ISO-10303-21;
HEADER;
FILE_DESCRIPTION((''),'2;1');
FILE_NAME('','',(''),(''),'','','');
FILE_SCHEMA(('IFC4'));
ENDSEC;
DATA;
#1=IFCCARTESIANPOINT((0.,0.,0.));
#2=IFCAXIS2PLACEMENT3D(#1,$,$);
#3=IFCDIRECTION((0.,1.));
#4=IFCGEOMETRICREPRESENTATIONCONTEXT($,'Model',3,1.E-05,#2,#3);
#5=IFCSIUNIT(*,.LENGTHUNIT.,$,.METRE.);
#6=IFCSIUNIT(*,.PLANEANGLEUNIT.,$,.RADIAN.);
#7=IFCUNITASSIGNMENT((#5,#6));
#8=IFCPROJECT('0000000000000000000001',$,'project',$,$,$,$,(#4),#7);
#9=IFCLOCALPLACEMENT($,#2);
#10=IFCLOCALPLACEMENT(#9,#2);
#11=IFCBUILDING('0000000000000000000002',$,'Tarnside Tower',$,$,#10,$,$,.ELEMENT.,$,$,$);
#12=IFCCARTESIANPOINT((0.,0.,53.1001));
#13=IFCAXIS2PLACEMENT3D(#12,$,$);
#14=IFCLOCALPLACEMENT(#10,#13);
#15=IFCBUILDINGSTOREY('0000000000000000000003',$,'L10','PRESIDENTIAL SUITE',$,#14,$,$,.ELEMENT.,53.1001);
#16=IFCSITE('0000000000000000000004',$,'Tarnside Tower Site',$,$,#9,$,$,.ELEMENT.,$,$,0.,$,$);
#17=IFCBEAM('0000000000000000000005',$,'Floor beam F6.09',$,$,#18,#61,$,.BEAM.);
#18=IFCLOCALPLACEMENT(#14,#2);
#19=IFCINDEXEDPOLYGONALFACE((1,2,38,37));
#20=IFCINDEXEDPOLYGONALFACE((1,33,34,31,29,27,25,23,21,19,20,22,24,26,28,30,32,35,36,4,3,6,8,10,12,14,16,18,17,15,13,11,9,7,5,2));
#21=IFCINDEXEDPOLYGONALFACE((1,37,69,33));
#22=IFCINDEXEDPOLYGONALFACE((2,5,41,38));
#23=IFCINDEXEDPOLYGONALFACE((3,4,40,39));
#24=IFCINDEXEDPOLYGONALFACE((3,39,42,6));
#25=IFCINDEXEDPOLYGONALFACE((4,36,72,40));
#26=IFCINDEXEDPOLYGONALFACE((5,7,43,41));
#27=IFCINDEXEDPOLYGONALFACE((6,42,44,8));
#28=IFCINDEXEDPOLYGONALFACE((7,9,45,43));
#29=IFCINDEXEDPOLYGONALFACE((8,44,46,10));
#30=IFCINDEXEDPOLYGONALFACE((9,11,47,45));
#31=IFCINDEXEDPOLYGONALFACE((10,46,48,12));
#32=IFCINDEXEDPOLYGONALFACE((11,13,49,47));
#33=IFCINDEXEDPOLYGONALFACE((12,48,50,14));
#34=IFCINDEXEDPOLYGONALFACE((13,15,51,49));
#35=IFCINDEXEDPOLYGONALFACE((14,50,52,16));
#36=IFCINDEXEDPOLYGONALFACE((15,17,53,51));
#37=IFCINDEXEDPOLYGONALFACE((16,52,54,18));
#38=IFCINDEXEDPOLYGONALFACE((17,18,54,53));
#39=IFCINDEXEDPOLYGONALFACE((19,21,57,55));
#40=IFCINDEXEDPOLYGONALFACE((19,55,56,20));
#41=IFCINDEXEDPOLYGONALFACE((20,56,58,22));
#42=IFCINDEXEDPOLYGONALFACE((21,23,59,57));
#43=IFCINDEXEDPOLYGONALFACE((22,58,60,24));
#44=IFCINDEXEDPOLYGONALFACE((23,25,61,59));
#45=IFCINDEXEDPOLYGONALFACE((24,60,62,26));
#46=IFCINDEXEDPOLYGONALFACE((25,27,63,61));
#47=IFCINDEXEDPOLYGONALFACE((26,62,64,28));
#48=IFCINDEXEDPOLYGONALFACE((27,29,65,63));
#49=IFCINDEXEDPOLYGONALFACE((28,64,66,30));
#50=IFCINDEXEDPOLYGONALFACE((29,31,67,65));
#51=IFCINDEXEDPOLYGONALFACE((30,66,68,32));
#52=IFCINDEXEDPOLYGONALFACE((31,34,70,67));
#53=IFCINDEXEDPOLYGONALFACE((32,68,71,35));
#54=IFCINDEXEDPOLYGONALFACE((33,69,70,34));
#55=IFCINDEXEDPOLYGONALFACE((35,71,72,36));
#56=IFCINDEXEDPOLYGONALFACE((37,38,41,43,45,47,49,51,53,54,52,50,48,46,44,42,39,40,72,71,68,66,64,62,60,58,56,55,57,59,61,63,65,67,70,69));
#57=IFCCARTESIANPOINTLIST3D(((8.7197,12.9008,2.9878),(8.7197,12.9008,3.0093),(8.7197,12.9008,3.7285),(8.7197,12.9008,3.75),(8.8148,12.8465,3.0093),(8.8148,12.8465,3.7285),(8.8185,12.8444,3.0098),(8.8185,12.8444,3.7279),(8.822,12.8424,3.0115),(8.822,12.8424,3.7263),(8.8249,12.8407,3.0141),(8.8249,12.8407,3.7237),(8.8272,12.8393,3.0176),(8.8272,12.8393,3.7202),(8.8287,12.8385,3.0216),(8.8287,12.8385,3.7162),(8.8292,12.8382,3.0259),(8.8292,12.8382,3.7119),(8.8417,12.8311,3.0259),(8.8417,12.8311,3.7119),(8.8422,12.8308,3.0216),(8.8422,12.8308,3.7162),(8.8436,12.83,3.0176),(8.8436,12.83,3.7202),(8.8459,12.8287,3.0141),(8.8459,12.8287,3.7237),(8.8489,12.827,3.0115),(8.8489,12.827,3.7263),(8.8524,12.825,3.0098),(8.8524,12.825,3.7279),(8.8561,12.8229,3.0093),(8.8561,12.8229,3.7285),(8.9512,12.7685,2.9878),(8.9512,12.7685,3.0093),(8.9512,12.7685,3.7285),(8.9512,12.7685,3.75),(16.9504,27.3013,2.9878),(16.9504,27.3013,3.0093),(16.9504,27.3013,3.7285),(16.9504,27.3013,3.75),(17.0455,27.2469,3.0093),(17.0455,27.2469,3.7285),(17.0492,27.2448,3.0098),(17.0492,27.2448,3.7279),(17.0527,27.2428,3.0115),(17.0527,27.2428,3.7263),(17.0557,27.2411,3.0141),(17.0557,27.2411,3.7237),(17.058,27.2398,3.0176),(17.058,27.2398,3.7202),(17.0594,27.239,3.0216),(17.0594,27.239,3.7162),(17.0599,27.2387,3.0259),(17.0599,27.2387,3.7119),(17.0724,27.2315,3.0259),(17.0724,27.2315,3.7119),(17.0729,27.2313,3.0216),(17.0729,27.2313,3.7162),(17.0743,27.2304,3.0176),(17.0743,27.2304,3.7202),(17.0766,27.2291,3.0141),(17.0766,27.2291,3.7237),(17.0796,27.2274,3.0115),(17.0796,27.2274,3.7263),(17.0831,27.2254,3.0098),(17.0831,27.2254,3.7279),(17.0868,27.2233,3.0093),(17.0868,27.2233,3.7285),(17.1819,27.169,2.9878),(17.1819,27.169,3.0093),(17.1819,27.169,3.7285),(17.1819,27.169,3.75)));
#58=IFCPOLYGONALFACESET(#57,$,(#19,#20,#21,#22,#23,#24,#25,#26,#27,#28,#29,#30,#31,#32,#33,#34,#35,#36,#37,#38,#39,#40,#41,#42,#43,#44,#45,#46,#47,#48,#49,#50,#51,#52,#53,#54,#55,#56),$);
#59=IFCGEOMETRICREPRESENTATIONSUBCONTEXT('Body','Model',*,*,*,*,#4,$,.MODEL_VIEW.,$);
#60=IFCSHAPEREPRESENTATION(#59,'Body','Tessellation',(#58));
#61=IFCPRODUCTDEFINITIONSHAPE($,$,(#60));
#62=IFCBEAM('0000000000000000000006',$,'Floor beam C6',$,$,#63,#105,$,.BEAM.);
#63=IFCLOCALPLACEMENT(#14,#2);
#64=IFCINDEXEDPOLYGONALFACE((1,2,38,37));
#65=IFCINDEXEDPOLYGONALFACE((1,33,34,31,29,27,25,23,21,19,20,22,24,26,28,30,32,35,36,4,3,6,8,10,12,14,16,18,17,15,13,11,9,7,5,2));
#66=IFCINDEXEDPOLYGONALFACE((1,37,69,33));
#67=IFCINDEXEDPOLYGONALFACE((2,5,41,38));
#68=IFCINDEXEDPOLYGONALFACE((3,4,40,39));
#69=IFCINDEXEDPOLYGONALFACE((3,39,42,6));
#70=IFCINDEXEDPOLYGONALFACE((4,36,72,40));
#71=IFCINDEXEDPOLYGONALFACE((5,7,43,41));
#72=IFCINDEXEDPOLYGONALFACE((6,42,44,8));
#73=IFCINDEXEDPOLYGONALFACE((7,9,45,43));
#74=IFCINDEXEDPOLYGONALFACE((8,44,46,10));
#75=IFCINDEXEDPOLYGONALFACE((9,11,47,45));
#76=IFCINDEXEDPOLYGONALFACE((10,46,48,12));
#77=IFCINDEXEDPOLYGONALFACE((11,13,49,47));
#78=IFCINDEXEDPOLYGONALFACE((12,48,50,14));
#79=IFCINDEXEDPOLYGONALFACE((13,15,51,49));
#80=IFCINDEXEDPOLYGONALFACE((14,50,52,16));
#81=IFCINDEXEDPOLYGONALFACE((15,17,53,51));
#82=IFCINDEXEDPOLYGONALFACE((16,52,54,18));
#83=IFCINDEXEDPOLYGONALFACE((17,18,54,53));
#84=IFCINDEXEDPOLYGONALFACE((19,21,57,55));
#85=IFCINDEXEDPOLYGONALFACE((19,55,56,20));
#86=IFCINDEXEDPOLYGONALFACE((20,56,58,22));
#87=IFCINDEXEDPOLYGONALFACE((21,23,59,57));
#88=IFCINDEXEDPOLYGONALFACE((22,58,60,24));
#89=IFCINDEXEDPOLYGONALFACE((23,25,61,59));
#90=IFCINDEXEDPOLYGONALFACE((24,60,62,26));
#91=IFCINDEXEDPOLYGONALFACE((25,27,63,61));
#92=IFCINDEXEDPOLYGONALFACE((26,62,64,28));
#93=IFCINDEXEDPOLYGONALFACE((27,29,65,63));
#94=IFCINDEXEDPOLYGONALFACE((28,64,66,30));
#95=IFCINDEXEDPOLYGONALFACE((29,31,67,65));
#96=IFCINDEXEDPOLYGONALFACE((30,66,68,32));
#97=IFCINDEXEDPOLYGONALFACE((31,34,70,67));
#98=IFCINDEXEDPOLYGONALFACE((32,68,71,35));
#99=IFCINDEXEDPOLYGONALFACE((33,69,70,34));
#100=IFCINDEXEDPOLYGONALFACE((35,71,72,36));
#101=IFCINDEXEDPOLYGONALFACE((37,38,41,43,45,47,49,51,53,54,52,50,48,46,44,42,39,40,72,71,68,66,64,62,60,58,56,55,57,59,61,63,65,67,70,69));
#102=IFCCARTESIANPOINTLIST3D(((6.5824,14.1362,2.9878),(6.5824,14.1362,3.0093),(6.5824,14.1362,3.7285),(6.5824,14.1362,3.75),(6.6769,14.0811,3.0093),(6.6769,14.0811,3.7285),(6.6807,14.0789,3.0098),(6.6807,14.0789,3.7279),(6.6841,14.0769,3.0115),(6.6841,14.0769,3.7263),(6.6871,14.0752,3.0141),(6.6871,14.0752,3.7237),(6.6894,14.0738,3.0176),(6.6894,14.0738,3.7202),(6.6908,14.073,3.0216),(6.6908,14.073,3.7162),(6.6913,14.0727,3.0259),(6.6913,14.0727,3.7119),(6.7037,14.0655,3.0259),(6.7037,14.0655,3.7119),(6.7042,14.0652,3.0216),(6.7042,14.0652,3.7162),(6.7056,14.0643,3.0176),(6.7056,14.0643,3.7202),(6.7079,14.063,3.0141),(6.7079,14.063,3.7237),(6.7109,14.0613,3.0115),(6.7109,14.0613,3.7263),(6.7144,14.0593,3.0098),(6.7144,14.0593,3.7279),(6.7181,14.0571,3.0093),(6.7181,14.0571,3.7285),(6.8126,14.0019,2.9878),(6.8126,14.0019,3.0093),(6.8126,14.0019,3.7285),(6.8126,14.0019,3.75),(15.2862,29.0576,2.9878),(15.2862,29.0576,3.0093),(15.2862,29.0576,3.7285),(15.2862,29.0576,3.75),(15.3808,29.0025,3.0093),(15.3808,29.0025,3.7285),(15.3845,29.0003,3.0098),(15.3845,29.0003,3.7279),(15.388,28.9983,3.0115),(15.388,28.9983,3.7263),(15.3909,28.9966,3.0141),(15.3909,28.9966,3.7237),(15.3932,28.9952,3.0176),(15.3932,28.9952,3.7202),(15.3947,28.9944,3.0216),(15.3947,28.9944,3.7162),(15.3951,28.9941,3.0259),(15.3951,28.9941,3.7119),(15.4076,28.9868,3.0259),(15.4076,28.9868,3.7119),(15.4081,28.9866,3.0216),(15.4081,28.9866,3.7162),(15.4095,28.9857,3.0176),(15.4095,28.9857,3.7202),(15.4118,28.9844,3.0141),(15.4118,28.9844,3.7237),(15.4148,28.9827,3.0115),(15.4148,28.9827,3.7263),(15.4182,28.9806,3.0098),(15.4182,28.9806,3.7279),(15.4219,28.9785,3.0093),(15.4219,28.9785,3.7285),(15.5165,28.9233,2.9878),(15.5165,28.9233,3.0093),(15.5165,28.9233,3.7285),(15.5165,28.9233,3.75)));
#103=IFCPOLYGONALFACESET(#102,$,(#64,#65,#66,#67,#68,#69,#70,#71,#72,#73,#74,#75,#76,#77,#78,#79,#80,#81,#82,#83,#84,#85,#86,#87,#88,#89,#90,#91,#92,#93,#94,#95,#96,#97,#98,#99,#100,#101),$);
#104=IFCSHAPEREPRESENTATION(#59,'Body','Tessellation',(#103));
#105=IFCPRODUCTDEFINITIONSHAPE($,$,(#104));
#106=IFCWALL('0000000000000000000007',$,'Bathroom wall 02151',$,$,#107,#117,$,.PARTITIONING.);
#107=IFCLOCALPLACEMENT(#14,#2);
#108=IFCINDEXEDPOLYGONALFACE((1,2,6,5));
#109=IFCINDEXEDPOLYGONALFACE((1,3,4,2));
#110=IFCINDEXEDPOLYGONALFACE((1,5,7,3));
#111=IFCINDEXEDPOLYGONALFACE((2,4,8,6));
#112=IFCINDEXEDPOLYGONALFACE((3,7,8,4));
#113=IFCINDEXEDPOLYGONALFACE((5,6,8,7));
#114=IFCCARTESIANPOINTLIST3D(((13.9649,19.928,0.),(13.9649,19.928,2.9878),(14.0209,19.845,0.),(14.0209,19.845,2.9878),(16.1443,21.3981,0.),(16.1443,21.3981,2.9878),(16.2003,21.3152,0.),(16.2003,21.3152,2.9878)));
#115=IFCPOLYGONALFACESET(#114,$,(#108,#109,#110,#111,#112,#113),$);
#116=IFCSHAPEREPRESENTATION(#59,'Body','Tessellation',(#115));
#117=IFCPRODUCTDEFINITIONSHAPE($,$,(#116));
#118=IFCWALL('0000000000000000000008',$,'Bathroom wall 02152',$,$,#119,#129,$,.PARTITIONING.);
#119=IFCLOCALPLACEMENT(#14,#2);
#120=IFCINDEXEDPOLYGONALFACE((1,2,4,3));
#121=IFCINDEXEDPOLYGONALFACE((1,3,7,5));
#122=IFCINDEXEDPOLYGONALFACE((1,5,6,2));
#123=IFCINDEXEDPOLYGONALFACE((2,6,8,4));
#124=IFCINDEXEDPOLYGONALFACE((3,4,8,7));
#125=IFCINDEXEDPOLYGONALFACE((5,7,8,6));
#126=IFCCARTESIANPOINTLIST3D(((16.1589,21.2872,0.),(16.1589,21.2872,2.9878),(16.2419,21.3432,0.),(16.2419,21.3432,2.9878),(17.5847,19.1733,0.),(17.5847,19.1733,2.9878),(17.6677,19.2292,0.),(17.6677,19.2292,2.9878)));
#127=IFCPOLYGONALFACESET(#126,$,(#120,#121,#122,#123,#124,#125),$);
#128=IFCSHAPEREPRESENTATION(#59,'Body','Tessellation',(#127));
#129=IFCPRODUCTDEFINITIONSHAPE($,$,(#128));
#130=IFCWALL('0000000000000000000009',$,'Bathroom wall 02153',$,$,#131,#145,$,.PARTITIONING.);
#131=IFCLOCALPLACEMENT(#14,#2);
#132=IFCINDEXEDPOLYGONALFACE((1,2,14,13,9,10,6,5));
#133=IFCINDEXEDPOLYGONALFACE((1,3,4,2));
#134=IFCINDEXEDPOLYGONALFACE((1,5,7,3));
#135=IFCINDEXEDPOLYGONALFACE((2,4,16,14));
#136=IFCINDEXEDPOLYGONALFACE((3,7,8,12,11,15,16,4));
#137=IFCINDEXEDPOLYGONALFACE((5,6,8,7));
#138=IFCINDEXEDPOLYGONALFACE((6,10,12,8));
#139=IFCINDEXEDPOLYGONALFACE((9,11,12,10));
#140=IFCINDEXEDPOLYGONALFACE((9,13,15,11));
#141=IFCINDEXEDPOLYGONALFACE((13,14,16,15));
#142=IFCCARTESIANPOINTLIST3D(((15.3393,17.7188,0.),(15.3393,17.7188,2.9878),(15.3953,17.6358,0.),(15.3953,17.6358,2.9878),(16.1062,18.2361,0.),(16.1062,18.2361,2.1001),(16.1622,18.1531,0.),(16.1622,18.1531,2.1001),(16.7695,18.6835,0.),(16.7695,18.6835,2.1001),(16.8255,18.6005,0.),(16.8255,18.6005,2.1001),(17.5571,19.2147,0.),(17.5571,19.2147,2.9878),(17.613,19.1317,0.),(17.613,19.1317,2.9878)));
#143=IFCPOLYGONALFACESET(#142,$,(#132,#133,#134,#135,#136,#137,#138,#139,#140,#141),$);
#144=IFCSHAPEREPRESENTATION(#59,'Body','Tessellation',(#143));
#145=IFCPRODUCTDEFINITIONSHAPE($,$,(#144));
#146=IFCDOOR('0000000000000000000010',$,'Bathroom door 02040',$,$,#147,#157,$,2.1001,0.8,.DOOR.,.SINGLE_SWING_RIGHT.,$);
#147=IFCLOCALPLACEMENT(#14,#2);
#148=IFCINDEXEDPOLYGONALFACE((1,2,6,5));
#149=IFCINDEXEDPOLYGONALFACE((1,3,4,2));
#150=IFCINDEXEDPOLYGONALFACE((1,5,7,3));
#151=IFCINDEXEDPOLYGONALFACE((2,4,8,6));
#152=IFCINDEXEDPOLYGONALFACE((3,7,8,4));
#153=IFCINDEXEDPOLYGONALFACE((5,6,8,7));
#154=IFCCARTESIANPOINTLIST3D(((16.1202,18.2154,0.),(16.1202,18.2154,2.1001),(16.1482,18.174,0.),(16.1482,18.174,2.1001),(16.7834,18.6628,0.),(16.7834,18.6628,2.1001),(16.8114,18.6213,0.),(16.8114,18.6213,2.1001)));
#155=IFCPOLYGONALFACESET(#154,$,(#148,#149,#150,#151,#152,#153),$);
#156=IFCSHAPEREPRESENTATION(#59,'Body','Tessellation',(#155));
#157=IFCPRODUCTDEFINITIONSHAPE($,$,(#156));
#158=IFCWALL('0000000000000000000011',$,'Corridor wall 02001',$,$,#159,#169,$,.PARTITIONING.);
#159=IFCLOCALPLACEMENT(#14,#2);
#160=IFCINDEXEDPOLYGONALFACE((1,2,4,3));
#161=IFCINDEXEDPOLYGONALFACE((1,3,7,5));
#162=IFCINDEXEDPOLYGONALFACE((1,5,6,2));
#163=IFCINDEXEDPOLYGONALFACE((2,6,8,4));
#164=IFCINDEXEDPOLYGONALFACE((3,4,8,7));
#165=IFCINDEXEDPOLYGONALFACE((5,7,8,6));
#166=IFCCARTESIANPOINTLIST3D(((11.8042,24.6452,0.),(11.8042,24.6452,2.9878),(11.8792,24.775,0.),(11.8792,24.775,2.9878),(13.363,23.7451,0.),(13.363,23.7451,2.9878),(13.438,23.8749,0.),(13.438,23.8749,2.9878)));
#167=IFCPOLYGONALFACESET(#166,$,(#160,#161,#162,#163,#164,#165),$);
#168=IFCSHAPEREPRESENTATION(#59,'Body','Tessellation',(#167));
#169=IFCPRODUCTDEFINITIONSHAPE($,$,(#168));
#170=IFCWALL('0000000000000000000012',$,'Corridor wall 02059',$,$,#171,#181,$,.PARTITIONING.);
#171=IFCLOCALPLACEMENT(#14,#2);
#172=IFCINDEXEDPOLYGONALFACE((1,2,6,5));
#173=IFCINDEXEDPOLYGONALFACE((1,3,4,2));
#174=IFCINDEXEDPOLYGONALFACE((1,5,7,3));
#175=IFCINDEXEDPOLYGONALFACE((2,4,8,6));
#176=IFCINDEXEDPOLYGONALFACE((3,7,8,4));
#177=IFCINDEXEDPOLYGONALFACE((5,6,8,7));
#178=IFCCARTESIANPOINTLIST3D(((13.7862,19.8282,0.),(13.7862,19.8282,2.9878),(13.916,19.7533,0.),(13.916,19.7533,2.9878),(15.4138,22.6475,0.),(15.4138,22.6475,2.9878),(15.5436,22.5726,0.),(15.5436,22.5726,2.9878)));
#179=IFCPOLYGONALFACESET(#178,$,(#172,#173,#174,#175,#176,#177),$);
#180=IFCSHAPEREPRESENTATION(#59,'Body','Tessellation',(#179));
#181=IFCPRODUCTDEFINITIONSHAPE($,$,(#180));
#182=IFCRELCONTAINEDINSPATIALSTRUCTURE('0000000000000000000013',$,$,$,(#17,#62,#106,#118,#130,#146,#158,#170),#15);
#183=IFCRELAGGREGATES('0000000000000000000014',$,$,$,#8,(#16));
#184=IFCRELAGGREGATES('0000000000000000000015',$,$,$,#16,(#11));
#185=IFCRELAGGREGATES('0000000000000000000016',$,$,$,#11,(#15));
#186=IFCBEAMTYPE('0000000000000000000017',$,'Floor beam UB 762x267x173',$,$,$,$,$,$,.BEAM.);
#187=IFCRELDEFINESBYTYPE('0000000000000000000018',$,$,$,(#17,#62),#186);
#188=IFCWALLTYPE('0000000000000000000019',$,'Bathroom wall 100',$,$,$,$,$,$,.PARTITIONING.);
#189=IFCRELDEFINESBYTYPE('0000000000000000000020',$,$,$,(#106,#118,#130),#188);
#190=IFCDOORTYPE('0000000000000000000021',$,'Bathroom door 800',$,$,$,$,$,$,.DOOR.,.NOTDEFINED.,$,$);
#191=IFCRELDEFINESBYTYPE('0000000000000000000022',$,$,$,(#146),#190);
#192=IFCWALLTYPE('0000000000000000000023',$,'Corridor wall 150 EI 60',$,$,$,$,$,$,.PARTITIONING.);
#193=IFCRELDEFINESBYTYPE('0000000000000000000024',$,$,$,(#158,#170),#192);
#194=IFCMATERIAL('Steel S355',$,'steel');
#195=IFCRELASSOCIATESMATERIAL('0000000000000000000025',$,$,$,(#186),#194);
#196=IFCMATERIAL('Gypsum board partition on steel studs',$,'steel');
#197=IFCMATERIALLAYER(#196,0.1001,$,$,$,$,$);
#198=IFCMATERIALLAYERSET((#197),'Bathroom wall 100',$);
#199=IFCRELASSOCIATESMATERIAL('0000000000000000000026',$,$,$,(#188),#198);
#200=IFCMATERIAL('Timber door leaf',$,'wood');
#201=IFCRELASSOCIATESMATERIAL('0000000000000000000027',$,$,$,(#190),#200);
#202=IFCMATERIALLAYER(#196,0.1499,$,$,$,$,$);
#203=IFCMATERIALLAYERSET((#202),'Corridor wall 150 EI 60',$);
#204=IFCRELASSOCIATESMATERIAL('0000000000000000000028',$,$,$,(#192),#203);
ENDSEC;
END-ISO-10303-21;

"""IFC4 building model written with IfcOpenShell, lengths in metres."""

from ifc_helpers import new_model, si_unit, direction, frame, frame_2d, origin, origin_2d, place, context, subcontext, project, spatial, rectangle, i_section, extrude, material, layer, layer_set, material_profile, profile_set, type_object, element, fill, save


model = new_model("IFC4")

# Units and contexts
model_context = context("Model", 3, precision=1e-05, world=origin(), true_north=direction((0.0, 1.0)))
body_context = subcontext(model_context, "Body", "Model", "MODEL_VIEW")
ifc_project = project(units=[si_unit("LENGTHUNIT", "METRE"), si_unit("PLANEANGLEUNIT", "RADIAN")], contexts=[model_context])

# Site, building, storey
site_placement = place(None, origin())
site = spatial("IfcSite", under=ifc_project, at=site_placement, Name="Tarnside Tower Site", CompositionType="ELEMENT", RefElevation=0.0)
building_placement = place(site_placement, origin())
building = spatial("IfcBuilding", under=site, at=building_placement, Name="Tarnside Tower", CompositionType="ELEMENT")
storey_placement = place(building_placement, frame((0.0, 0.0, 53.1001)))
storey = spatial("IfcBuildingStorey", under=building, at=storey_placement, Name="L10", Description="PRESIDENTIAL SUITE", CompositionType="ELEMENT", Elevation=53.1001)

# Beams
ifc_material_1 = material(Name="Steel S355", Category="steel")
ifc_material_profile_1 = material_profile(ifc_material_1, i_section(OverallWidth=0.2666, OverallDepth=0.7622, WebThickness=0.0144, FlangeThickness=0.0215, FilletRadius=0.0166, at=origin_2d()), Name="UB 762x267x173")
ifc_profile_set_1 = profile_set([ifc_material_profile_1], Name="Steel S355")
beam_type_1 = type_object("IfcBeamType", Name="Floor beam UB 762x267x173", PredefinedType="BEAM", material=ifc_profile_set_1)
beam_1_placement = place(storey_placement, frame((17.0662, 27.2351, 3.3689), z_axis=(-0.496226, -0.868193, 0.0), x_axis=(0.868193, -0.496226, 0.0)))
element("IfcBeam", 1, at=beam_1_placement, inside=storey, type_object=beam_type_1, Name="Floor beam F6.09", PredefinedType="BEAM", context=body_context, shape_type="SweptSolid", body=[
    extrude(i_section(OverallWidth=0.2666, OverallDepth=0.7622, WebThickness=0.0144, FlangeThickness=0.0215, FilletRadius=0.0166, at=origin_2d()), origin(), (0.0, 0.0, 1.0), 16.5867),
])
beam_2_placement = place(storey_placement, frame((15.4014, 28.9905, 3.3689), z_axis=(-0.503859, -0.863786, 0.0), x_axis=(0.863786, -0.503859, 0.0)))
element("IfcBeam", 2, at=beam_2_placement, inside=storey, type_object=beam_type_1, Name="Floor beam C6", PredefinedType="BEAM", context=body_context, shape_type="SweptSolid", body=[
    extrude(i_section(OverallWidth=0.2666, OverallDepth=0.7622, WebThickness=0.0144, FlangeThickness=0.0215, FilletRadius=0.0166, at=origin_2d()), origin(), (0.0, 0.0, 1.0), 17.2744),
])

# Walls
ifc_material_2 = material(Name="Gypsum board partition on steel studs", Category="steel")
ifc_layer_1 = layer(ifc_material_2, 0.1001)
ifc_layer_set_1 = layer_set([ifc_layer_1], Name="Bathroom wall 100")
wall_type_1 = type_object("IfcWallType", Name="Bathroom wall 100", PredefinedType="PARTITIONING", material=ifc_layer_set_1)
wall_1_placement = place(storey_placement, frame((13.9929, 19.8865, 0.0), z_axis=(0.0, 0.0, 1.0), x_axis=(0.829009, 0.559235, 0.0)))
element("IfcWall", 3, at=wall_1_placement, inside=storey, type_object=wall_type_1, Name="Bathroom wall 02151", PredefinedType="PARTITIONING", context=body_context, shape_type="SweptSolid", body=[
    extrude(rectangle(XDim=2.6289, YDim=0.1001, at=frame_2d((1.3145, 0.0))), origin(), (0.0, 0.0, 1.0), 2.9878),
])
wall_2_placement = place(storey_placement, frame((16.2004, 21.3152, 0.0), z_axis=(0.0, 0.0, 1.0), x_axis=(0.559155, -0.829063, 0.0)))
element("IfcWall", 4, at=wall_2_placement, inside=storey, type_object=wall_type_1, Name="Bathroom wall 02152", PredefinedType="PARTITIONING", context=body_context, shape_type="SweptSolid", body=[
    extrude(rectangle(XDim=2.5498, YDim=0.1001, at=frame_2d((1.2749, 0.0))), origin(), (0.0, 0.0, 1.0), 2.9878),
])

# Wall, opening, door
wall_3_placement = place(storey_placement, frame((17.585, 19.1731, 0.0), z_axis=(0.0, 0.0, 1.0), x_axis=(-0.829048, -0.559178, 0.0)))
wall_3 = element("IfcWall", 5, at=wall_3_placement, inside=storey, type_object=wall_type_1, Name="Bathroom wall 02153", PredefinedType="PARTITIONING", context=body_context, shape_type="SweptSolid", body=[
    extrude(rectangle(XDim=2.675, YDim=0.1001, at=frame_2d((1.3374, 0.0))), origin(), (0.0, 0.0, 1.0), 2.9878),
])
opening_1_placement = place(wall_3_placement, frame((0.95, 0.0, 0.0)))
opening_1 = element("IfcOpeningElement", 6, at=opening_1_placement, cuts=wall_3, PredefinedType="OPENING", context=body_context, shape_type="SweptSolid", body=[
    extrude(rectangle(XDim=0.8, YDim=2.1001, at=frame_2d((0.3999, 1.05))), frame((0.0, 0.0601, 0.0), z_axis=(0.0, -1.0, 0.0), x_axis=(1.0, 0.0, 0.0)), (0.0, 0.0, 1.0), 0.1201),
])
ifc_material_3 = material(Name="Timber door leaf", Category="wood")
door_type_1 = type_object("IfcDoorType", Name="Bathroom door 800", OperationType="NOTDEFINED", PredefinedType="DOOR", material=ifc_material_3)
door_1_placement = place(opening_1_placement, origin())
door_1 = element("IfcDoor", 7, at=door_1_placement, inside=storey, type_object=door_type_1, Name="Bathroom door 02040", OperationType="SINGLE_SWING_RIGHT", OverallHeight=2.1001, OverallWidth=0.8, PredefinedType="DOOR", context=body_context, shape_type="SweptSolid", body=[
    extrude(rectangle(XDim=0.8, YDim=2.1001, at=frame_2d((0.3999, 1.05))), frame((0.0, 0.0249, 0.0), z_axis=(0.0, -1.0, 0.0), x_axis=(1.0, 0.0, 0.0)), (0.0, 0.0, 1.0), 0.05),
])
fill(opening_1, door_1)

# Walls
ifc_layer_2 = layer(ifc_material_2, 0.1499)
ifc_layer_set_2 = layer_set([ifc_layer_2], Name="Corridor wall 150 EI 60")
wall_type_2 = type_object("IfcWallType", Name="Corridor wall 150 EI 60", PredefinedType="PARTITIONING", material=ifc_layer_set_2)
wall_4_placement = place(storey_placement, frame((13.4004, 23.8101, 0.0), z_axis=(0.0, 0.0, 1.0), x_axis=(-0.865989, 0.500063, 0.0)))
element("IfcWall", 8, at=wall_4_placement, inside=storey, type_object=wall_type_2, Name="Corridor wall 02001", PredefinedType="PARTITIONING", context=body_context, shape_type="SweptSolid", body=[
    extrude(rectangle(XDim=1.8, YDim=0.1499, at=frame_2d((0.8999, 0.0))), origin(), (0.0, 0.0, 1.0), 2.9878),
])
wall_5_placement = place(storey_placement, frame((13.8511, 19.7908, 0.0), z_axis=(0.0, 0.0, 1.0), x_axis=(0.499986, 0.866033, 0.0)))
element("IfcWall", 9, at=wall_5_placement, inside=storey, type_object=wall_type_2, Name="Corridor wall 02059", PredefinedType="PARTITIONING", context=body_context, shape_type="SweptSolid", body=[
    extrude(rectangle(XDim=3.2554, YDim=0.1499, at=frame_2d((1.6277, 0.0))), origin(), (0.0, 0.0, 1.0), 2.9878),
])

save(model, "model.ifc")
